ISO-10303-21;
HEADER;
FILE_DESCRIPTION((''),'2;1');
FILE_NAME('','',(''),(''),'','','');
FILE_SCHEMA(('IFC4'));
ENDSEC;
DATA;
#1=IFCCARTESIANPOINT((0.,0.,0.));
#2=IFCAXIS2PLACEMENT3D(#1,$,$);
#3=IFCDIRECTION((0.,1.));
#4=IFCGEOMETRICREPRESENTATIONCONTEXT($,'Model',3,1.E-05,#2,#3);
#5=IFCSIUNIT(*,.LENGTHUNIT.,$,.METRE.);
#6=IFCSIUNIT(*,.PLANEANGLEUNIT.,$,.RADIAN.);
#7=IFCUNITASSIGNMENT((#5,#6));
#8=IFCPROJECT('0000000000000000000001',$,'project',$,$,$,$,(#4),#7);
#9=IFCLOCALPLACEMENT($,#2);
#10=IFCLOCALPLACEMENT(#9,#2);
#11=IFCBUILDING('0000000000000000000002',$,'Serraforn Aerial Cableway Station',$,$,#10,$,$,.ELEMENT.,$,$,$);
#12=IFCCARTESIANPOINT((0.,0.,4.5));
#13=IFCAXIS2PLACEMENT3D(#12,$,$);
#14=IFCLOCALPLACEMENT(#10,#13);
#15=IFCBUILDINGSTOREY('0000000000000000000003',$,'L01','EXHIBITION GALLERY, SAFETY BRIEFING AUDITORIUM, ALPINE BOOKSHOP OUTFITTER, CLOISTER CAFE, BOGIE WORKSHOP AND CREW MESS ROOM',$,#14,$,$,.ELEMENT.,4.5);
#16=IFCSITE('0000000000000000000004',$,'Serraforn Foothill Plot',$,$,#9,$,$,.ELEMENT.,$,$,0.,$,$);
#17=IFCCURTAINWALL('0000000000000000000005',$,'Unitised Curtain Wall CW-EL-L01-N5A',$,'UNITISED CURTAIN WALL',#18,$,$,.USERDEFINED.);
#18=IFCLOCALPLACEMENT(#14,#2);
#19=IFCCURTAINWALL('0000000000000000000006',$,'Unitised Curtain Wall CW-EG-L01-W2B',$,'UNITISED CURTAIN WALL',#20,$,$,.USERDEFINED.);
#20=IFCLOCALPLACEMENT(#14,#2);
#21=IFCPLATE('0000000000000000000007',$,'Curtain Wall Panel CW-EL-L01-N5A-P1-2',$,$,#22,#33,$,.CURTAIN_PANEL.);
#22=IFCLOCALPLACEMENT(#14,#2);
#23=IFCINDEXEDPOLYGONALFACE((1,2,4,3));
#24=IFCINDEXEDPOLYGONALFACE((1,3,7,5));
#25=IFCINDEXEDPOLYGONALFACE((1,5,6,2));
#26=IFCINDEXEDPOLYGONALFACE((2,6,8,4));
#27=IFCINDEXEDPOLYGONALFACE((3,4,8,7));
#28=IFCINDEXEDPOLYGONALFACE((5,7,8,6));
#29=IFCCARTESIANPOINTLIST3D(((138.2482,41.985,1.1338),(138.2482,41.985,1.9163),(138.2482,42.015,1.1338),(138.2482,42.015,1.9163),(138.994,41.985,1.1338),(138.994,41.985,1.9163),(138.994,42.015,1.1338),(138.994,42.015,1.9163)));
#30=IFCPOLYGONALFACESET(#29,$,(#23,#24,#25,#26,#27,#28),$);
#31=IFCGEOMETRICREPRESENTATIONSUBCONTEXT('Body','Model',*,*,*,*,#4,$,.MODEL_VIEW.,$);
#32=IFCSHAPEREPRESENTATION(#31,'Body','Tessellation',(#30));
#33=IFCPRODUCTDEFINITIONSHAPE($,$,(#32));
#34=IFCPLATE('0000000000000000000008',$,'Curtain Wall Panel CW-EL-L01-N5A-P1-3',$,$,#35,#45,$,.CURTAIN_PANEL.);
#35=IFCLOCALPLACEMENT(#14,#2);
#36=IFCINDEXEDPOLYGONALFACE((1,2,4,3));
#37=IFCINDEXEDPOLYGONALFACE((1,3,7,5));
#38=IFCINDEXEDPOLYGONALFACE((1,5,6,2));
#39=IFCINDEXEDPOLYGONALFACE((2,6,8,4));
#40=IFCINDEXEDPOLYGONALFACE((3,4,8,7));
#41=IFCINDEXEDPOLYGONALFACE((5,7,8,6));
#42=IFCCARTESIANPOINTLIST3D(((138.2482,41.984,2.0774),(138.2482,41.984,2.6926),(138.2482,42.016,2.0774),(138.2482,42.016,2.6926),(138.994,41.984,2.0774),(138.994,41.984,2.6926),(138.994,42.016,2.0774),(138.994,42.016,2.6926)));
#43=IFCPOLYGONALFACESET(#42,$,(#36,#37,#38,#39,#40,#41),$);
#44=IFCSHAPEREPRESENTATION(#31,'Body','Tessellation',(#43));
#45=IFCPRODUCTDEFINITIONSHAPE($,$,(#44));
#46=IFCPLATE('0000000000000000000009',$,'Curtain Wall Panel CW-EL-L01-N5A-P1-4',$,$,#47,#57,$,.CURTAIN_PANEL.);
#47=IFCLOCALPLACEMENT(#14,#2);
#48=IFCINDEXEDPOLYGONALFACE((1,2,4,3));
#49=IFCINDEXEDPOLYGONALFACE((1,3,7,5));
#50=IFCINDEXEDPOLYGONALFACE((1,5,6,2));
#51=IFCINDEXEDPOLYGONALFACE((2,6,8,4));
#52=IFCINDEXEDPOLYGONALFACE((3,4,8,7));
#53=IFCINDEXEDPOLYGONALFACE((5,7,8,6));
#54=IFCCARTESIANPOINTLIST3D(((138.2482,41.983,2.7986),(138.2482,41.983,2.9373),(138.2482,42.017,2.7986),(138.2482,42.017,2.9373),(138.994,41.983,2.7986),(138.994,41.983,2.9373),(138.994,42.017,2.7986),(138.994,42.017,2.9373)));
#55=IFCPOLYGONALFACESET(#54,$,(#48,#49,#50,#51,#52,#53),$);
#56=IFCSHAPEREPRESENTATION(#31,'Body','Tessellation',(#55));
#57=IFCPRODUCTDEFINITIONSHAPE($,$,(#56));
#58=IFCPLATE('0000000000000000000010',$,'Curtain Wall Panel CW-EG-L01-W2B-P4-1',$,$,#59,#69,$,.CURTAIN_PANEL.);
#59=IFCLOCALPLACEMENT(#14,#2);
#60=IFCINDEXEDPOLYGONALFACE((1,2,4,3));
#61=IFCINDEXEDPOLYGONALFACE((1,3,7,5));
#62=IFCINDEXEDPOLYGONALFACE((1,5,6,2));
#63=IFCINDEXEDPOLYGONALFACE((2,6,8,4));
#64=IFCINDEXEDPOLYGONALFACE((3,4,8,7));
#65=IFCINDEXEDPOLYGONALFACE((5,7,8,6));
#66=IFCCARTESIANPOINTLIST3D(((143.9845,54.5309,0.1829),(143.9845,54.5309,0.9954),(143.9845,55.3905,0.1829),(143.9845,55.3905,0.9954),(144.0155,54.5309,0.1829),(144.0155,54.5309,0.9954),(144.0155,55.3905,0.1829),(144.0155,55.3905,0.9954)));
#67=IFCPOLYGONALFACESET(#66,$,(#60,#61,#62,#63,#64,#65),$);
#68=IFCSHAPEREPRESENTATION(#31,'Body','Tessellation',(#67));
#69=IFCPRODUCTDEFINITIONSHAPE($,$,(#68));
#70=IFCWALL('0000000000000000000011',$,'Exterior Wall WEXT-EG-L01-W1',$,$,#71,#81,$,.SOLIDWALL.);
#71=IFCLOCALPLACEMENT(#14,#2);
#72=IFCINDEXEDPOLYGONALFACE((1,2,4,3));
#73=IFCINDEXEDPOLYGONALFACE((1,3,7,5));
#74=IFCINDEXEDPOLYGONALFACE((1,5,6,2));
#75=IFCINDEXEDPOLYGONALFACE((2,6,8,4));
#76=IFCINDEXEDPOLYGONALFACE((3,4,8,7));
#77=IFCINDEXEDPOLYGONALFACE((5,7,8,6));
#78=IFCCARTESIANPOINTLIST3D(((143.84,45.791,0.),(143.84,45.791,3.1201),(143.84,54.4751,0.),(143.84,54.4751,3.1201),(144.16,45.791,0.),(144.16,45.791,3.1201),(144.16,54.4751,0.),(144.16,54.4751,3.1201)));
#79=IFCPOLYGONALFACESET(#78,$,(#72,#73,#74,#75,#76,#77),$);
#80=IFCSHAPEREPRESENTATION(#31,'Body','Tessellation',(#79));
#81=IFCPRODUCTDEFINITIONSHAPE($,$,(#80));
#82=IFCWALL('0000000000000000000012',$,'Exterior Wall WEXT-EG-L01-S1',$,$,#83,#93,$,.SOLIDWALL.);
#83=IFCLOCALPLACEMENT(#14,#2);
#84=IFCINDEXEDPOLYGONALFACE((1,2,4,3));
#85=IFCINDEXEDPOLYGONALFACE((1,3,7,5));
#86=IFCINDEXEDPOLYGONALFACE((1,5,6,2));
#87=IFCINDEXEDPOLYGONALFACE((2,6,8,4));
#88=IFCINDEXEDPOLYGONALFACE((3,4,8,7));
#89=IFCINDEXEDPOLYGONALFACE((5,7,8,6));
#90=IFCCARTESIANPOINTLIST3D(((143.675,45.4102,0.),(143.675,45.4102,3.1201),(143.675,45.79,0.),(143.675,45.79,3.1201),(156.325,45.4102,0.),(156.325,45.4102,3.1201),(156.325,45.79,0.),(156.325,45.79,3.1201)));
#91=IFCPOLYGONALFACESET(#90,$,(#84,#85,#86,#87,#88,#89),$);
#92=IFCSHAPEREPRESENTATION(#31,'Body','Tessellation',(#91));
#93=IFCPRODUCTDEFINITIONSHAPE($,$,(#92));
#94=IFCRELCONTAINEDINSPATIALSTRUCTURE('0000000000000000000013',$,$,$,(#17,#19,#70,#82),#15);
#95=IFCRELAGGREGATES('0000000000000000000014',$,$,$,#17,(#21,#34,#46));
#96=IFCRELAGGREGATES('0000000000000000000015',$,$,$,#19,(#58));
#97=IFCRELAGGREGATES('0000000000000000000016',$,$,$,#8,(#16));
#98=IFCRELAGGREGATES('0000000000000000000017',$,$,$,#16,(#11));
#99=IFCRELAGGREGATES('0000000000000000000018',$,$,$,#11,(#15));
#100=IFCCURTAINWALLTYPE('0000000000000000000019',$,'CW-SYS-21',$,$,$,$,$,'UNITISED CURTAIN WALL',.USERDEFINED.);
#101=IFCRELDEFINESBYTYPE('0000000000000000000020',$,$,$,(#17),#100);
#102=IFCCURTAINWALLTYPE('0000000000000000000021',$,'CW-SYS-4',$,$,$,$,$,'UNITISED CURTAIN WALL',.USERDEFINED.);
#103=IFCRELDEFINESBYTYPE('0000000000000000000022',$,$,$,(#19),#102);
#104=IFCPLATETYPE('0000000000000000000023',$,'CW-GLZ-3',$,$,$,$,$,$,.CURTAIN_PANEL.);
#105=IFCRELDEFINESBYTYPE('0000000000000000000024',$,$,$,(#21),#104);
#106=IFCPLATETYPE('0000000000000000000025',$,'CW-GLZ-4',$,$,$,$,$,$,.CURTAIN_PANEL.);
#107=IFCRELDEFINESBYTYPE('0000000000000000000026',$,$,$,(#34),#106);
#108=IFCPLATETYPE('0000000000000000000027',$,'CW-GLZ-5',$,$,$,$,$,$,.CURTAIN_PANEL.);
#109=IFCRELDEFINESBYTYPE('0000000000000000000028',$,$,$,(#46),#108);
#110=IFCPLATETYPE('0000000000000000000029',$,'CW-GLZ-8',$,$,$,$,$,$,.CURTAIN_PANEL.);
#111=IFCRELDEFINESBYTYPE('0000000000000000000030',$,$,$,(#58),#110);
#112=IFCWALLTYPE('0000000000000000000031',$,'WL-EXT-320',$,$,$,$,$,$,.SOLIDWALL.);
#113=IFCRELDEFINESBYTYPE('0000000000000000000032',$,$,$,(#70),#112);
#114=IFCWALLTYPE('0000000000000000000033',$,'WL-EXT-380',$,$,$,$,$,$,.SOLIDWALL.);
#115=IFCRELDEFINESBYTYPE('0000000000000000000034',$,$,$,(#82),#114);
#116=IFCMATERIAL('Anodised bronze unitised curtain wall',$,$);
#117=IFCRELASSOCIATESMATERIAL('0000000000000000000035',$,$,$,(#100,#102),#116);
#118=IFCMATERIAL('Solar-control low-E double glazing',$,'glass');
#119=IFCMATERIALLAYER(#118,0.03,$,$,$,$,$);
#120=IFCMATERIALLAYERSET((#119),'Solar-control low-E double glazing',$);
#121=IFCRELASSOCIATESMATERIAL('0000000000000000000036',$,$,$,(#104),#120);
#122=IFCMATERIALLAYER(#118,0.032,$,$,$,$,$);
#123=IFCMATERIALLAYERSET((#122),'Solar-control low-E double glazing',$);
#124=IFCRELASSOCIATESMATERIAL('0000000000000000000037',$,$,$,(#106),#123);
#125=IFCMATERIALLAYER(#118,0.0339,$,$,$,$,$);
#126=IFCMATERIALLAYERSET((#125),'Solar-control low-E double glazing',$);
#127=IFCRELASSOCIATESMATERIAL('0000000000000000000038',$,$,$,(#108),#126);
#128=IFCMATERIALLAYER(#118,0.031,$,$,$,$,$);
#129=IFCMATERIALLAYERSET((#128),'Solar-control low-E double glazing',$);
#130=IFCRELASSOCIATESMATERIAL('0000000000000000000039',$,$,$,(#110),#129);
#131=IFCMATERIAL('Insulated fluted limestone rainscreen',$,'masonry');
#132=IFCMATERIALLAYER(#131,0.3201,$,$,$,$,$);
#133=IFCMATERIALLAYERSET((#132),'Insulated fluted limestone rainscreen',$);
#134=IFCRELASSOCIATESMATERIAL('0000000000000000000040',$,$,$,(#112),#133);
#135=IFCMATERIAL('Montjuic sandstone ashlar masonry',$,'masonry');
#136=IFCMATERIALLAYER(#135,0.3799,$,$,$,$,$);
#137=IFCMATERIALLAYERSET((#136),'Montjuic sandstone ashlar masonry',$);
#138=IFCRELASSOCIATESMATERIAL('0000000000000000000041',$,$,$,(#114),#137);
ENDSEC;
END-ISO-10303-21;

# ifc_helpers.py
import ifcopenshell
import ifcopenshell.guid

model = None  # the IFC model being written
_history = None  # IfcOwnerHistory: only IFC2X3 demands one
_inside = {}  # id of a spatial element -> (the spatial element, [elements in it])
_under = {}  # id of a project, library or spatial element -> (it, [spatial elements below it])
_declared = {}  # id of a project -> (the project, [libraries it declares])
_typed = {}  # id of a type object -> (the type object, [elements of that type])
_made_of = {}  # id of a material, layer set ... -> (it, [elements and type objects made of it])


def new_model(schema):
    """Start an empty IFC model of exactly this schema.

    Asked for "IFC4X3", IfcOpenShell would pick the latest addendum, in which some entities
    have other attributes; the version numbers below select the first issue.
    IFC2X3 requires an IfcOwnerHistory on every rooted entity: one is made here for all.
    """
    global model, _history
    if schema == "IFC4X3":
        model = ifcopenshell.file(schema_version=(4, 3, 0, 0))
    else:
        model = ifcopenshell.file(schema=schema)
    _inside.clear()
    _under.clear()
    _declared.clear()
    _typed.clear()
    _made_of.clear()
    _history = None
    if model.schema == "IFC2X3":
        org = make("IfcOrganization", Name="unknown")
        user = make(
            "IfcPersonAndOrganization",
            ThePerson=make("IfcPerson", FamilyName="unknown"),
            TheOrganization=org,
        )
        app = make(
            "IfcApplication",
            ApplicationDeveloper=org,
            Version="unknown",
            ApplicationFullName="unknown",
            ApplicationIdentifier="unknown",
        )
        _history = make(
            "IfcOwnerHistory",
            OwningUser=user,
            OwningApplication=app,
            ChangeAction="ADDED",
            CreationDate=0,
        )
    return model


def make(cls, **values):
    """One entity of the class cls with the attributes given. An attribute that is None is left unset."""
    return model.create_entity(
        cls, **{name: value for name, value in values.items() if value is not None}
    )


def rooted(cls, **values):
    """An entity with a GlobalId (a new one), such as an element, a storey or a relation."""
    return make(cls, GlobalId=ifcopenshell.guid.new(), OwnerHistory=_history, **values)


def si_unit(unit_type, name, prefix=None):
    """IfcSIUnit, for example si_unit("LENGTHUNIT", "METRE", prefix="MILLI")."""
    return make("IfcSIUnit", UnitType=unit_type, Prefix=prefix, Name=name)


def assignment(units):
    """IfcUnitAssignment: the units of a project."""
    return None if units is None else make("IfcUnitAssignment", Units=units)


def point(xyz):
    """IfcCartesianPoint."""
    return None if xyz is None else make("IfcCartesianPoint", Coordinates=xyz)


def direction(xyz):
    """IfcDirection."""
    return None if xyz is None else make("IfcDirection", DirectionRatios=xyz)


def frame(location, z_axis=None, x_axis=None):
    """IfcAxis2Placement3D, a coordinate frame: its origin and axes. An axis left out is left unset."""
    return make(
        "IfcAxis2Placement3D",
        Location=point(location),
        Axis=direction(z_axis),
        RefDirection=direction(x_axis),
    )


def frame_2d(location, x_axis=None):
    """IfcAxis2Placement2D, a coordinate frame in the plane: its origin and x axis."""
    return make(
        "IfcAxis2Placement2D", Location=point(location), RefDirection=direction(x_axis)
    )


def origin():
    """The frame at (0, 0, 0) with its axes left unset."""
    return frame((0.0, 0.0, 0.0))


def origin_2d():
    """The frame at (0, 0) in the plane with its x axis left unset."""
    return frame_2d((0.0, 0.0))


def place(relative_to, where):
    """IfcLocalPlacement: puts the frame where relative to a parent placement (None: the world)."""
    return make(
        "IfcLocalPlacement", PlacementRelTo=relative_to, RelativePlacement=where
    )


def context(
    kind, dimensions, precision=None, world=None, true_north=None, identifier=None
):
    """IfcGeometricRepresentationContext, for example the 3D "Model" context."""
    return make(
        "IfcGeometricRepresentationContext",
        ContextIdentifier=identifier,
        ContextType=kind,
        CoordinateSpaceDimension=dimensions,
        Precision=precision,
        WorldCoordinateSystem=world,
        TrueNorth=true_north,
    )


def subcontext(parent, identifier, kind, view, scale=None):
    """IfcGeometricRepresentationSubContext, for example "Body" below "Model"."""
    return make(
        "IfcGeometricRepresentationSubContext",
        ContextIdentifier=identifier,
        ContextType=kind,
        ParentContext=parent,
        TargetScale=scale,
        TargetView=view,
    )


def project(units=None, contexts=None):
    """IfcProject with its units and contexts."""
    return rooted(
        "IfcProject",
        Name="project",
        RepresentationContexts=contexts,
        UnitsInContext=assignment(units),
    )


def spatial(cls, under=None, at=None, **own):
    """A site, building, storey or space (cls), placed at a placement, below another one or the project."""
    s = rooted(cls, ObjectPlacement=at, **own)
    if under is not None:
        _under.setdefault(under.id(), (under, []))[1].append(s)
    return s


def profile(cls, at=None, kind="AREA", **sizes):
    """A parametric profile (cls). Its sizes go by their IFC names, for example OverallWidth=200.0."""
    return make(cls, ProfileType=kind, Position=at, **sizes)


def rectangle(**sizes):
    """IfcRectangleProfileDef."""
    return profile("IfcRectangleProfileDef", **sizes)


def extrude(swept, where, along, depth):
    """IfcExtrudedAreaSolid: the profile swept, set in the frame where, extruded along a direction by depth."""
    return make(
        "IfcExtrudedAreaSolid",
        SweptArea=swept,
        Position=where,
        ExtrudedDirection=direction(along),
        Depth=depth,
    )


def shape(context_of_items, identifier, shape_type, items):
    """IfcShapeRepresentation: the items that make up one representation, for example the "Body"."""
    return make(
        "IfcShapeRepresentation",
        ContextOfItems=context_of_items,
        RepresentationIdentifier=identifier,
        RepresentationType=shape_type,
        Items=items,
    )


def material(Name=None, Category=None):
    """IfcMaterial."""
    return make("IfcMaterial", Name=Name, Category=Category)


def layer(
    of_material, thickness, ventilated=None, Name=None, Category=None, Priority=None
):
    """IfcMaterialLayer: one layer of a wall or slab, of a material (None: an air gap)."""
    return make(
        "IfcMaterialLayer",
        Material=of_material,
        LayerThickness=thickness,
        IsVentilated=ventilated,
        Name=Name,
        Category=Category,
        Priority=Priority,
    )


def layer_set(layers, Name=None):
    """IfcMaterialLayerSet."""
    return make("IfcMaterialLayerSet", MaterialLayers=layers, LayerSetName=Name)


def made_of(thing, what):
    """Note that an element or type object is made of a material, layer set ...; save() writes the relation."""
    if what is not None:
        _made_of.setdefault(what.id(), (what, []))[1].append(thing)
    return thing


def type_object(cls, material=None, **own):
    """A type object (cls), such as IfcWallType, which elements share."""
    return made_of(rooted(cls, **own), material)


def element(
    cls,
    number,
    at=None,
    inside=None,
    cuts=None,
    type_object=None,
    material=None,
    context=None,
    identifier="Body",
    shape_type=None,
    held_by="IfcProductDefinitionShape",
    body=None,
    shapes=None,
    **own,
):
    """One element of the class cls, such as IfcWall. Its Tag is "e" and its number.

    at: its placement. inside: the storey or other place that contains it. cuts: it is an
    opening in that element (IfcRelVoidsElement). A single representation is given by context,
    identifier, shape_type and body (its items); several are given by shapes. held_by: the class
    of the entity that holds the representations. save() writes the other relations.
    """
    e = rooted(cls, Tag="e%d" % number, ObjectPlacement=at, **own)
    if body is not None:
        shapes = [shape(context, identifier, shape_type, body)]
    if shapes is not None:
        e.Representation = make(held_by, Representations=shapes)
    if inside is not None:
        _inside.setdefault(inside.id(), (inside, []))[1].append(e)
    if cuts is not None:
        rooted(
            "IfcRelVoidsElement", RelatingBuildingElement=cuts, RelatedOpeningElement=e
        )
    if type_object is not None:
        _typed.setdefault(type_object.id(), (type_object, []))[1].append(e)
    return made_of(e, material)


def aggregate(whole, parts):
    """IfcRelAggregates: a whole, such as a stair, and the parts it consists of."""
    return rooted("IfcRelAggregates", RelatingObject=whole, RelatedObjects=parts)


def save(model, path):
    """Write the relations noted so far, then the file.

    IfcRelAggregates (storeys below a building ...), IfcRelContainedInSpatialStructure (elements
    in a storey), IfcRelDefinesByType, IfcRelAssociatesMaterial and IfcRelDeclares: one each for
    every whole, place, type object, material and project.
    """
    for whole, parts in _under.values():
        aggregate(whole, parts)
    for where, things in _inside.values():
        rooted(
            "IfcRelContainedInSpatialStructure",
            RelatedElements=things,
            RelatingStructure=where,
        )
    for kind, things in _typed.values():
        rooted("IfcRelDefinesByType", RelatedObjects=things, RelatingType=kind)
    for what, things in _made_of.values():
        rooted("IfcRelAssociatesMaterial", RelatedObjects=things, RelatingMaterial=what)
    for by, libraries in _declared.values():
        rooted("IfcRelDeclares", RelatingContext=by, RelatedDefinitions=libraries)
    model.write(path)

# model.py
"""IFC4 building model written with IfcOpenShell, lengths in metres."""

from ifc_helpers import new_model, si_unit, direction, frame, frame_2d, origin, origin_2d, place, context, subcontext, project, spatial, rectangle, extrude, material, layer, layer_set, type_object, element, aggregate, save


model = new_model("IFC4")

# Units and contexts
model_context = context("Model", 3, precision=1e-05, world=origin(), true_north=direction((0.0, 1.0)))
body_context = subcontext(model_context, "Body", "Model", "MODEL_VIEW")
ifc_project = project(units=[si_unit("LENGTHUNIT", "METRE"), si_unit("PLANEANGLEUNIT", "RADIAN")], contexts=[model_context])

# Site, building, storey
site_placement = place(None, origin())
site = spatial("IfcSite", under=ifc_project, at=site_placement, Name="Serraforn Foothill Plot", CompositionType="ELEMENT", RefElevation=0.0)
building_placement = place(site_placement, origin())
building = spatial("IfcBuilding", under=site, at=building_placement, Name="Serraforn Aerial Cableway Station", CompositionType="ELEMENT")
storey_placement = place(building_placement, frame((0.0, 0.0, 4.5)))
storey = spatial("IfcBuildingStorey", under=building, at=storey_placement, Name="L01", Description="EXHIBITION GALLERY, SAFETY BRIEFING AUDITORIUM, ALPINE BOOKSHOP OUTFITTER, CLOISTER CAFE, BOGIE WORKSHOP AND CREW MESS ROOM", CompositionType="ELEMENT", Elevation=4.5)

# Curtain walls
ifc_material_1 = material(Name="Anodised bronze unitised curtain wall")
curtain_wall_type_1 = type_object("IfcCurtainWallType", Name="CW-SYS-21", ElementType="UNITISED CURTAIN WALL", PredefinedType="USERDEFINED", material=ifc_material_1)
curtain_wall_1_placement = place(storey_placement, origin())
curtain_wall_1 = element("IfcCurtainWall", 1, at=curtain_wall_1_placement, inside=storey, type_object=curtain_wall_type_1, Name="Unitised Curtain Wall CW-EL-L01-N5A", ObjectType="UNITISED CURTAIN WALL", PredefinedType="USERDEFINED")
curtain_wall_type_2 = type_object("IfcCurtainWallType", Name="CW-SYS-4", ElementType="UNITISED CURTAIN WALL", PredefinedType="USERDEFINED", material=ifc_material_1)
curtain_wall_2_placement = place(storey_placement, origin())
curtain_wall_2 = element("IfcCurtainWall", 2, at=curtain_wall_2_placement, inside=storey, type_object=curtain_wall_type_2, Name="Unitised Curtain Wall CW-EG-L01-W2B", ObjectType="UNITISED CURTAIN WALL", PredefinedType="USERDEFINED")

# Plates
ifc_material_2 = material(Name="Solar-control low-E double glazing", Category="glass")
ifc_layer_1 = layer(ifc_material_2, 0.03)
ifc_layer_set_1 = layer_set([ifc_layer_1], Name="Solar-control low-E double glazing")
plate_type_1 = type_object("IfcPlateType", Name="CW-GLZ-3", PredefinedType="CURTAIN_PANEL", material=ifc_layer_set_1)
plate_1_placement = place(storey_placement, frame((138.6211, 42.0, 1.1338), z_axis=(0.0, 0.0, 1.0), x_axis=(1.0, 0.0, 0.0)))
plate_1 = element("IfcPlate", 3, at=plate_1_placement, type_object=plate_type_1, Name="Curtain Wall Panel CW-EL-L01-N5A-P1-2", PredefinedType="CURTAIN_PANEL", context=body_context, shape_type="SweptSolid", body=[
    extrude(rectangle(XDim=0.7458, YDim=0.03, at=origin_2d()), origin(), (0.0, 0.0, 1.0), 0.7825),
])
ifc_layer_2 = layer(ifc_material_2, 0.032)
ifc_layer_set_2 = layer_set([ifc_layer_2], Name="Solar-control low-E double glazing")
plate_type_2 = type_object("IfcPlateType", Name="CW-GLZ-4", PredefinedType="CURTAIN_PANEL", material=ifc_layer_set_2)
plate_2_placement = place(storey_placement, frame((138.6211, 42.0, 2.0774), z_axis=(0.0, 0.0, 1.0), x_axis=(1.0, 0.0, 0.0)))
plate_2 = element("IfcPlate", 4, at=plate_2_placement, type_object=plate_type_2, Name="Curtain Wall Panel CW-EL-L01-N5A-P1-3", PredefinedType="CURTAIN_PANEL", context=body_context, shape_type="SweptSolid", body=[
    extrude(rectangle(XDim=0.7458, YDim=0.032, at=origin_2d()), origin(), (0.0, 0.0, 1.0), 0.6152),
])
ifc_layer_3 = layer(ifc_material_2, 0.0339)
ifc_layer_set_3 = layer_set([ifc_layer_3], Name="Solar-control low-E double glazing")
plate_type_3 = type_object("IfcPlateType", Name="CW-GLZ-5", PredefinedType="CURTAIN_PANEL", material=ifc_layer_set_3)
plate_3_placement = place(storey_placement, frame((138.6211, 42.0, 2.7986), z_axis=(0.0, 0.0, 1.0), x_axis=(1.0, 0.0, 0.0)))
plate_3 = element("IfcPlate", 5, at=plate_3_placement, type_object=plate_type_3, Name="Curtain Wall Panel CW-EL-L01-N5A-P1-4", PredefinedType="CURTAIN_PANEL", context=body_context, shape_type="SweptSolid", body=[
    extrude(rectangle(XDim=0.7458, YDim=0.0339, at=origin_2d()), origin(), (0.0, 0.0, 1.0), 0.1387),
])
aggregate(curtain_wall_1, [plate_1, plate_2, plate_3])
ifc_layer_4 = layer(ifc_material_2, 0.031)
ifc_layer_set_4 = layer_set([ifc_layer_4], Name="Solar-control low-E double glazing")
plate_type_4 = type_object("IfcPlateType", Name="CW-GLZ-8", PredefinedType="CURTAIN_PANEL", material=ifc_layer_set_4)
plate_4_placement = place(storey_placement, frame((144.0, 54.9607, 0.1829), z_axis=(0.0, 0.0, 1.0), x_axis=(1.0, 0.0, 0.0)))
plate_4 = element("IfcPlate", 6, at=plate_4_placement, type_object=plate_type_4, Name="Curtain Wall Panel CW-EG-L01-W2B-P4-1", PredefinedType="CURTAIN_PANEL", context=body_context, shape_type="SweptSolid", body=[
    extrude(rectangle(XDim=0.031, YDim=0.8596, at=origin_2d()), origin(), (0.0, 0.0, 1.0), 0.8125),
])
aggregate(curtain_wall_2, [plate_4])

# Walls
ifc_material_3 = material(Name="Insulated fluted limestone rainscreen", Category="masonry")
ifc_layer_5 = layer(ifc_material_3, 0.3201)
ifc_layer_set_5 = layer_set([ifc_layer_5], Name="Insulated fluted limestone rainscreen")
wall_type_1 = type_object("IfcWallType", Name="WL-EXT-320", PredefinedType="SOLIDWALL", material=ifc_layer_set_5)
wall_1_placement = place(storey_placement, frame((144.0, 54.4751, 0.0), z_axis=(0.0, 0.0, 1.0), x_axis=(0.0, -1.0, 0.0)))
element("IfcWall", 7, at=wall_1_placement, inside=storey, type_object=wall_type_1, Name="Exterior Wall WEXT-EG-L01-W1", PredefinedType="SOLIDWALL", context=body_context, shape_type="SweptSolid", body=[
    extrude(rectangle(XDim=8.6841, YDim=0.3201, at=frame_2d((4.342, 0.0))), origin(), (0.0, 0.0, 1.0), 3.1201),
])
ifc_material_4 = material(Name="Montjuic sandstone ashlar masonry", Category="masonry")
ifc_layer_6 = layer(ifc_material_4, 0.3799)
ifc_layer_set_6 = layer_set([ifc_layer_6], Name="Montjuic sandstone ashlar masonry")
wall_type_2 = type_object("IfcWallType", Name="WL-EXT-380", PredefinedType="SOLIDWALL", material=ifc_layer_set_6)
wall_2_placement = place(storey_placement, frame((143.675, 45.6001, 0.0), z_axis=(0.0, 0.0, 1.0), x_axis=(1.0, 0.0, 0.0)))
element("IfcWall", 8, at=wall_2_placement, inside=storey, type_object=wall_type_2, Name="Exterior Wall WEXT-EG-L01-S1", PredefinedType="SOLIDWALL", context=body_context, shape_type="SweptSolid", body=[
    extrude(rectangle(XDim=12.6499, YDim=0.3799, at=frame_2d((6.325, 0.0))), origin(), (0.0, 0.0, 1.0), 3.1201),
])

save(model, "model.ifc")
